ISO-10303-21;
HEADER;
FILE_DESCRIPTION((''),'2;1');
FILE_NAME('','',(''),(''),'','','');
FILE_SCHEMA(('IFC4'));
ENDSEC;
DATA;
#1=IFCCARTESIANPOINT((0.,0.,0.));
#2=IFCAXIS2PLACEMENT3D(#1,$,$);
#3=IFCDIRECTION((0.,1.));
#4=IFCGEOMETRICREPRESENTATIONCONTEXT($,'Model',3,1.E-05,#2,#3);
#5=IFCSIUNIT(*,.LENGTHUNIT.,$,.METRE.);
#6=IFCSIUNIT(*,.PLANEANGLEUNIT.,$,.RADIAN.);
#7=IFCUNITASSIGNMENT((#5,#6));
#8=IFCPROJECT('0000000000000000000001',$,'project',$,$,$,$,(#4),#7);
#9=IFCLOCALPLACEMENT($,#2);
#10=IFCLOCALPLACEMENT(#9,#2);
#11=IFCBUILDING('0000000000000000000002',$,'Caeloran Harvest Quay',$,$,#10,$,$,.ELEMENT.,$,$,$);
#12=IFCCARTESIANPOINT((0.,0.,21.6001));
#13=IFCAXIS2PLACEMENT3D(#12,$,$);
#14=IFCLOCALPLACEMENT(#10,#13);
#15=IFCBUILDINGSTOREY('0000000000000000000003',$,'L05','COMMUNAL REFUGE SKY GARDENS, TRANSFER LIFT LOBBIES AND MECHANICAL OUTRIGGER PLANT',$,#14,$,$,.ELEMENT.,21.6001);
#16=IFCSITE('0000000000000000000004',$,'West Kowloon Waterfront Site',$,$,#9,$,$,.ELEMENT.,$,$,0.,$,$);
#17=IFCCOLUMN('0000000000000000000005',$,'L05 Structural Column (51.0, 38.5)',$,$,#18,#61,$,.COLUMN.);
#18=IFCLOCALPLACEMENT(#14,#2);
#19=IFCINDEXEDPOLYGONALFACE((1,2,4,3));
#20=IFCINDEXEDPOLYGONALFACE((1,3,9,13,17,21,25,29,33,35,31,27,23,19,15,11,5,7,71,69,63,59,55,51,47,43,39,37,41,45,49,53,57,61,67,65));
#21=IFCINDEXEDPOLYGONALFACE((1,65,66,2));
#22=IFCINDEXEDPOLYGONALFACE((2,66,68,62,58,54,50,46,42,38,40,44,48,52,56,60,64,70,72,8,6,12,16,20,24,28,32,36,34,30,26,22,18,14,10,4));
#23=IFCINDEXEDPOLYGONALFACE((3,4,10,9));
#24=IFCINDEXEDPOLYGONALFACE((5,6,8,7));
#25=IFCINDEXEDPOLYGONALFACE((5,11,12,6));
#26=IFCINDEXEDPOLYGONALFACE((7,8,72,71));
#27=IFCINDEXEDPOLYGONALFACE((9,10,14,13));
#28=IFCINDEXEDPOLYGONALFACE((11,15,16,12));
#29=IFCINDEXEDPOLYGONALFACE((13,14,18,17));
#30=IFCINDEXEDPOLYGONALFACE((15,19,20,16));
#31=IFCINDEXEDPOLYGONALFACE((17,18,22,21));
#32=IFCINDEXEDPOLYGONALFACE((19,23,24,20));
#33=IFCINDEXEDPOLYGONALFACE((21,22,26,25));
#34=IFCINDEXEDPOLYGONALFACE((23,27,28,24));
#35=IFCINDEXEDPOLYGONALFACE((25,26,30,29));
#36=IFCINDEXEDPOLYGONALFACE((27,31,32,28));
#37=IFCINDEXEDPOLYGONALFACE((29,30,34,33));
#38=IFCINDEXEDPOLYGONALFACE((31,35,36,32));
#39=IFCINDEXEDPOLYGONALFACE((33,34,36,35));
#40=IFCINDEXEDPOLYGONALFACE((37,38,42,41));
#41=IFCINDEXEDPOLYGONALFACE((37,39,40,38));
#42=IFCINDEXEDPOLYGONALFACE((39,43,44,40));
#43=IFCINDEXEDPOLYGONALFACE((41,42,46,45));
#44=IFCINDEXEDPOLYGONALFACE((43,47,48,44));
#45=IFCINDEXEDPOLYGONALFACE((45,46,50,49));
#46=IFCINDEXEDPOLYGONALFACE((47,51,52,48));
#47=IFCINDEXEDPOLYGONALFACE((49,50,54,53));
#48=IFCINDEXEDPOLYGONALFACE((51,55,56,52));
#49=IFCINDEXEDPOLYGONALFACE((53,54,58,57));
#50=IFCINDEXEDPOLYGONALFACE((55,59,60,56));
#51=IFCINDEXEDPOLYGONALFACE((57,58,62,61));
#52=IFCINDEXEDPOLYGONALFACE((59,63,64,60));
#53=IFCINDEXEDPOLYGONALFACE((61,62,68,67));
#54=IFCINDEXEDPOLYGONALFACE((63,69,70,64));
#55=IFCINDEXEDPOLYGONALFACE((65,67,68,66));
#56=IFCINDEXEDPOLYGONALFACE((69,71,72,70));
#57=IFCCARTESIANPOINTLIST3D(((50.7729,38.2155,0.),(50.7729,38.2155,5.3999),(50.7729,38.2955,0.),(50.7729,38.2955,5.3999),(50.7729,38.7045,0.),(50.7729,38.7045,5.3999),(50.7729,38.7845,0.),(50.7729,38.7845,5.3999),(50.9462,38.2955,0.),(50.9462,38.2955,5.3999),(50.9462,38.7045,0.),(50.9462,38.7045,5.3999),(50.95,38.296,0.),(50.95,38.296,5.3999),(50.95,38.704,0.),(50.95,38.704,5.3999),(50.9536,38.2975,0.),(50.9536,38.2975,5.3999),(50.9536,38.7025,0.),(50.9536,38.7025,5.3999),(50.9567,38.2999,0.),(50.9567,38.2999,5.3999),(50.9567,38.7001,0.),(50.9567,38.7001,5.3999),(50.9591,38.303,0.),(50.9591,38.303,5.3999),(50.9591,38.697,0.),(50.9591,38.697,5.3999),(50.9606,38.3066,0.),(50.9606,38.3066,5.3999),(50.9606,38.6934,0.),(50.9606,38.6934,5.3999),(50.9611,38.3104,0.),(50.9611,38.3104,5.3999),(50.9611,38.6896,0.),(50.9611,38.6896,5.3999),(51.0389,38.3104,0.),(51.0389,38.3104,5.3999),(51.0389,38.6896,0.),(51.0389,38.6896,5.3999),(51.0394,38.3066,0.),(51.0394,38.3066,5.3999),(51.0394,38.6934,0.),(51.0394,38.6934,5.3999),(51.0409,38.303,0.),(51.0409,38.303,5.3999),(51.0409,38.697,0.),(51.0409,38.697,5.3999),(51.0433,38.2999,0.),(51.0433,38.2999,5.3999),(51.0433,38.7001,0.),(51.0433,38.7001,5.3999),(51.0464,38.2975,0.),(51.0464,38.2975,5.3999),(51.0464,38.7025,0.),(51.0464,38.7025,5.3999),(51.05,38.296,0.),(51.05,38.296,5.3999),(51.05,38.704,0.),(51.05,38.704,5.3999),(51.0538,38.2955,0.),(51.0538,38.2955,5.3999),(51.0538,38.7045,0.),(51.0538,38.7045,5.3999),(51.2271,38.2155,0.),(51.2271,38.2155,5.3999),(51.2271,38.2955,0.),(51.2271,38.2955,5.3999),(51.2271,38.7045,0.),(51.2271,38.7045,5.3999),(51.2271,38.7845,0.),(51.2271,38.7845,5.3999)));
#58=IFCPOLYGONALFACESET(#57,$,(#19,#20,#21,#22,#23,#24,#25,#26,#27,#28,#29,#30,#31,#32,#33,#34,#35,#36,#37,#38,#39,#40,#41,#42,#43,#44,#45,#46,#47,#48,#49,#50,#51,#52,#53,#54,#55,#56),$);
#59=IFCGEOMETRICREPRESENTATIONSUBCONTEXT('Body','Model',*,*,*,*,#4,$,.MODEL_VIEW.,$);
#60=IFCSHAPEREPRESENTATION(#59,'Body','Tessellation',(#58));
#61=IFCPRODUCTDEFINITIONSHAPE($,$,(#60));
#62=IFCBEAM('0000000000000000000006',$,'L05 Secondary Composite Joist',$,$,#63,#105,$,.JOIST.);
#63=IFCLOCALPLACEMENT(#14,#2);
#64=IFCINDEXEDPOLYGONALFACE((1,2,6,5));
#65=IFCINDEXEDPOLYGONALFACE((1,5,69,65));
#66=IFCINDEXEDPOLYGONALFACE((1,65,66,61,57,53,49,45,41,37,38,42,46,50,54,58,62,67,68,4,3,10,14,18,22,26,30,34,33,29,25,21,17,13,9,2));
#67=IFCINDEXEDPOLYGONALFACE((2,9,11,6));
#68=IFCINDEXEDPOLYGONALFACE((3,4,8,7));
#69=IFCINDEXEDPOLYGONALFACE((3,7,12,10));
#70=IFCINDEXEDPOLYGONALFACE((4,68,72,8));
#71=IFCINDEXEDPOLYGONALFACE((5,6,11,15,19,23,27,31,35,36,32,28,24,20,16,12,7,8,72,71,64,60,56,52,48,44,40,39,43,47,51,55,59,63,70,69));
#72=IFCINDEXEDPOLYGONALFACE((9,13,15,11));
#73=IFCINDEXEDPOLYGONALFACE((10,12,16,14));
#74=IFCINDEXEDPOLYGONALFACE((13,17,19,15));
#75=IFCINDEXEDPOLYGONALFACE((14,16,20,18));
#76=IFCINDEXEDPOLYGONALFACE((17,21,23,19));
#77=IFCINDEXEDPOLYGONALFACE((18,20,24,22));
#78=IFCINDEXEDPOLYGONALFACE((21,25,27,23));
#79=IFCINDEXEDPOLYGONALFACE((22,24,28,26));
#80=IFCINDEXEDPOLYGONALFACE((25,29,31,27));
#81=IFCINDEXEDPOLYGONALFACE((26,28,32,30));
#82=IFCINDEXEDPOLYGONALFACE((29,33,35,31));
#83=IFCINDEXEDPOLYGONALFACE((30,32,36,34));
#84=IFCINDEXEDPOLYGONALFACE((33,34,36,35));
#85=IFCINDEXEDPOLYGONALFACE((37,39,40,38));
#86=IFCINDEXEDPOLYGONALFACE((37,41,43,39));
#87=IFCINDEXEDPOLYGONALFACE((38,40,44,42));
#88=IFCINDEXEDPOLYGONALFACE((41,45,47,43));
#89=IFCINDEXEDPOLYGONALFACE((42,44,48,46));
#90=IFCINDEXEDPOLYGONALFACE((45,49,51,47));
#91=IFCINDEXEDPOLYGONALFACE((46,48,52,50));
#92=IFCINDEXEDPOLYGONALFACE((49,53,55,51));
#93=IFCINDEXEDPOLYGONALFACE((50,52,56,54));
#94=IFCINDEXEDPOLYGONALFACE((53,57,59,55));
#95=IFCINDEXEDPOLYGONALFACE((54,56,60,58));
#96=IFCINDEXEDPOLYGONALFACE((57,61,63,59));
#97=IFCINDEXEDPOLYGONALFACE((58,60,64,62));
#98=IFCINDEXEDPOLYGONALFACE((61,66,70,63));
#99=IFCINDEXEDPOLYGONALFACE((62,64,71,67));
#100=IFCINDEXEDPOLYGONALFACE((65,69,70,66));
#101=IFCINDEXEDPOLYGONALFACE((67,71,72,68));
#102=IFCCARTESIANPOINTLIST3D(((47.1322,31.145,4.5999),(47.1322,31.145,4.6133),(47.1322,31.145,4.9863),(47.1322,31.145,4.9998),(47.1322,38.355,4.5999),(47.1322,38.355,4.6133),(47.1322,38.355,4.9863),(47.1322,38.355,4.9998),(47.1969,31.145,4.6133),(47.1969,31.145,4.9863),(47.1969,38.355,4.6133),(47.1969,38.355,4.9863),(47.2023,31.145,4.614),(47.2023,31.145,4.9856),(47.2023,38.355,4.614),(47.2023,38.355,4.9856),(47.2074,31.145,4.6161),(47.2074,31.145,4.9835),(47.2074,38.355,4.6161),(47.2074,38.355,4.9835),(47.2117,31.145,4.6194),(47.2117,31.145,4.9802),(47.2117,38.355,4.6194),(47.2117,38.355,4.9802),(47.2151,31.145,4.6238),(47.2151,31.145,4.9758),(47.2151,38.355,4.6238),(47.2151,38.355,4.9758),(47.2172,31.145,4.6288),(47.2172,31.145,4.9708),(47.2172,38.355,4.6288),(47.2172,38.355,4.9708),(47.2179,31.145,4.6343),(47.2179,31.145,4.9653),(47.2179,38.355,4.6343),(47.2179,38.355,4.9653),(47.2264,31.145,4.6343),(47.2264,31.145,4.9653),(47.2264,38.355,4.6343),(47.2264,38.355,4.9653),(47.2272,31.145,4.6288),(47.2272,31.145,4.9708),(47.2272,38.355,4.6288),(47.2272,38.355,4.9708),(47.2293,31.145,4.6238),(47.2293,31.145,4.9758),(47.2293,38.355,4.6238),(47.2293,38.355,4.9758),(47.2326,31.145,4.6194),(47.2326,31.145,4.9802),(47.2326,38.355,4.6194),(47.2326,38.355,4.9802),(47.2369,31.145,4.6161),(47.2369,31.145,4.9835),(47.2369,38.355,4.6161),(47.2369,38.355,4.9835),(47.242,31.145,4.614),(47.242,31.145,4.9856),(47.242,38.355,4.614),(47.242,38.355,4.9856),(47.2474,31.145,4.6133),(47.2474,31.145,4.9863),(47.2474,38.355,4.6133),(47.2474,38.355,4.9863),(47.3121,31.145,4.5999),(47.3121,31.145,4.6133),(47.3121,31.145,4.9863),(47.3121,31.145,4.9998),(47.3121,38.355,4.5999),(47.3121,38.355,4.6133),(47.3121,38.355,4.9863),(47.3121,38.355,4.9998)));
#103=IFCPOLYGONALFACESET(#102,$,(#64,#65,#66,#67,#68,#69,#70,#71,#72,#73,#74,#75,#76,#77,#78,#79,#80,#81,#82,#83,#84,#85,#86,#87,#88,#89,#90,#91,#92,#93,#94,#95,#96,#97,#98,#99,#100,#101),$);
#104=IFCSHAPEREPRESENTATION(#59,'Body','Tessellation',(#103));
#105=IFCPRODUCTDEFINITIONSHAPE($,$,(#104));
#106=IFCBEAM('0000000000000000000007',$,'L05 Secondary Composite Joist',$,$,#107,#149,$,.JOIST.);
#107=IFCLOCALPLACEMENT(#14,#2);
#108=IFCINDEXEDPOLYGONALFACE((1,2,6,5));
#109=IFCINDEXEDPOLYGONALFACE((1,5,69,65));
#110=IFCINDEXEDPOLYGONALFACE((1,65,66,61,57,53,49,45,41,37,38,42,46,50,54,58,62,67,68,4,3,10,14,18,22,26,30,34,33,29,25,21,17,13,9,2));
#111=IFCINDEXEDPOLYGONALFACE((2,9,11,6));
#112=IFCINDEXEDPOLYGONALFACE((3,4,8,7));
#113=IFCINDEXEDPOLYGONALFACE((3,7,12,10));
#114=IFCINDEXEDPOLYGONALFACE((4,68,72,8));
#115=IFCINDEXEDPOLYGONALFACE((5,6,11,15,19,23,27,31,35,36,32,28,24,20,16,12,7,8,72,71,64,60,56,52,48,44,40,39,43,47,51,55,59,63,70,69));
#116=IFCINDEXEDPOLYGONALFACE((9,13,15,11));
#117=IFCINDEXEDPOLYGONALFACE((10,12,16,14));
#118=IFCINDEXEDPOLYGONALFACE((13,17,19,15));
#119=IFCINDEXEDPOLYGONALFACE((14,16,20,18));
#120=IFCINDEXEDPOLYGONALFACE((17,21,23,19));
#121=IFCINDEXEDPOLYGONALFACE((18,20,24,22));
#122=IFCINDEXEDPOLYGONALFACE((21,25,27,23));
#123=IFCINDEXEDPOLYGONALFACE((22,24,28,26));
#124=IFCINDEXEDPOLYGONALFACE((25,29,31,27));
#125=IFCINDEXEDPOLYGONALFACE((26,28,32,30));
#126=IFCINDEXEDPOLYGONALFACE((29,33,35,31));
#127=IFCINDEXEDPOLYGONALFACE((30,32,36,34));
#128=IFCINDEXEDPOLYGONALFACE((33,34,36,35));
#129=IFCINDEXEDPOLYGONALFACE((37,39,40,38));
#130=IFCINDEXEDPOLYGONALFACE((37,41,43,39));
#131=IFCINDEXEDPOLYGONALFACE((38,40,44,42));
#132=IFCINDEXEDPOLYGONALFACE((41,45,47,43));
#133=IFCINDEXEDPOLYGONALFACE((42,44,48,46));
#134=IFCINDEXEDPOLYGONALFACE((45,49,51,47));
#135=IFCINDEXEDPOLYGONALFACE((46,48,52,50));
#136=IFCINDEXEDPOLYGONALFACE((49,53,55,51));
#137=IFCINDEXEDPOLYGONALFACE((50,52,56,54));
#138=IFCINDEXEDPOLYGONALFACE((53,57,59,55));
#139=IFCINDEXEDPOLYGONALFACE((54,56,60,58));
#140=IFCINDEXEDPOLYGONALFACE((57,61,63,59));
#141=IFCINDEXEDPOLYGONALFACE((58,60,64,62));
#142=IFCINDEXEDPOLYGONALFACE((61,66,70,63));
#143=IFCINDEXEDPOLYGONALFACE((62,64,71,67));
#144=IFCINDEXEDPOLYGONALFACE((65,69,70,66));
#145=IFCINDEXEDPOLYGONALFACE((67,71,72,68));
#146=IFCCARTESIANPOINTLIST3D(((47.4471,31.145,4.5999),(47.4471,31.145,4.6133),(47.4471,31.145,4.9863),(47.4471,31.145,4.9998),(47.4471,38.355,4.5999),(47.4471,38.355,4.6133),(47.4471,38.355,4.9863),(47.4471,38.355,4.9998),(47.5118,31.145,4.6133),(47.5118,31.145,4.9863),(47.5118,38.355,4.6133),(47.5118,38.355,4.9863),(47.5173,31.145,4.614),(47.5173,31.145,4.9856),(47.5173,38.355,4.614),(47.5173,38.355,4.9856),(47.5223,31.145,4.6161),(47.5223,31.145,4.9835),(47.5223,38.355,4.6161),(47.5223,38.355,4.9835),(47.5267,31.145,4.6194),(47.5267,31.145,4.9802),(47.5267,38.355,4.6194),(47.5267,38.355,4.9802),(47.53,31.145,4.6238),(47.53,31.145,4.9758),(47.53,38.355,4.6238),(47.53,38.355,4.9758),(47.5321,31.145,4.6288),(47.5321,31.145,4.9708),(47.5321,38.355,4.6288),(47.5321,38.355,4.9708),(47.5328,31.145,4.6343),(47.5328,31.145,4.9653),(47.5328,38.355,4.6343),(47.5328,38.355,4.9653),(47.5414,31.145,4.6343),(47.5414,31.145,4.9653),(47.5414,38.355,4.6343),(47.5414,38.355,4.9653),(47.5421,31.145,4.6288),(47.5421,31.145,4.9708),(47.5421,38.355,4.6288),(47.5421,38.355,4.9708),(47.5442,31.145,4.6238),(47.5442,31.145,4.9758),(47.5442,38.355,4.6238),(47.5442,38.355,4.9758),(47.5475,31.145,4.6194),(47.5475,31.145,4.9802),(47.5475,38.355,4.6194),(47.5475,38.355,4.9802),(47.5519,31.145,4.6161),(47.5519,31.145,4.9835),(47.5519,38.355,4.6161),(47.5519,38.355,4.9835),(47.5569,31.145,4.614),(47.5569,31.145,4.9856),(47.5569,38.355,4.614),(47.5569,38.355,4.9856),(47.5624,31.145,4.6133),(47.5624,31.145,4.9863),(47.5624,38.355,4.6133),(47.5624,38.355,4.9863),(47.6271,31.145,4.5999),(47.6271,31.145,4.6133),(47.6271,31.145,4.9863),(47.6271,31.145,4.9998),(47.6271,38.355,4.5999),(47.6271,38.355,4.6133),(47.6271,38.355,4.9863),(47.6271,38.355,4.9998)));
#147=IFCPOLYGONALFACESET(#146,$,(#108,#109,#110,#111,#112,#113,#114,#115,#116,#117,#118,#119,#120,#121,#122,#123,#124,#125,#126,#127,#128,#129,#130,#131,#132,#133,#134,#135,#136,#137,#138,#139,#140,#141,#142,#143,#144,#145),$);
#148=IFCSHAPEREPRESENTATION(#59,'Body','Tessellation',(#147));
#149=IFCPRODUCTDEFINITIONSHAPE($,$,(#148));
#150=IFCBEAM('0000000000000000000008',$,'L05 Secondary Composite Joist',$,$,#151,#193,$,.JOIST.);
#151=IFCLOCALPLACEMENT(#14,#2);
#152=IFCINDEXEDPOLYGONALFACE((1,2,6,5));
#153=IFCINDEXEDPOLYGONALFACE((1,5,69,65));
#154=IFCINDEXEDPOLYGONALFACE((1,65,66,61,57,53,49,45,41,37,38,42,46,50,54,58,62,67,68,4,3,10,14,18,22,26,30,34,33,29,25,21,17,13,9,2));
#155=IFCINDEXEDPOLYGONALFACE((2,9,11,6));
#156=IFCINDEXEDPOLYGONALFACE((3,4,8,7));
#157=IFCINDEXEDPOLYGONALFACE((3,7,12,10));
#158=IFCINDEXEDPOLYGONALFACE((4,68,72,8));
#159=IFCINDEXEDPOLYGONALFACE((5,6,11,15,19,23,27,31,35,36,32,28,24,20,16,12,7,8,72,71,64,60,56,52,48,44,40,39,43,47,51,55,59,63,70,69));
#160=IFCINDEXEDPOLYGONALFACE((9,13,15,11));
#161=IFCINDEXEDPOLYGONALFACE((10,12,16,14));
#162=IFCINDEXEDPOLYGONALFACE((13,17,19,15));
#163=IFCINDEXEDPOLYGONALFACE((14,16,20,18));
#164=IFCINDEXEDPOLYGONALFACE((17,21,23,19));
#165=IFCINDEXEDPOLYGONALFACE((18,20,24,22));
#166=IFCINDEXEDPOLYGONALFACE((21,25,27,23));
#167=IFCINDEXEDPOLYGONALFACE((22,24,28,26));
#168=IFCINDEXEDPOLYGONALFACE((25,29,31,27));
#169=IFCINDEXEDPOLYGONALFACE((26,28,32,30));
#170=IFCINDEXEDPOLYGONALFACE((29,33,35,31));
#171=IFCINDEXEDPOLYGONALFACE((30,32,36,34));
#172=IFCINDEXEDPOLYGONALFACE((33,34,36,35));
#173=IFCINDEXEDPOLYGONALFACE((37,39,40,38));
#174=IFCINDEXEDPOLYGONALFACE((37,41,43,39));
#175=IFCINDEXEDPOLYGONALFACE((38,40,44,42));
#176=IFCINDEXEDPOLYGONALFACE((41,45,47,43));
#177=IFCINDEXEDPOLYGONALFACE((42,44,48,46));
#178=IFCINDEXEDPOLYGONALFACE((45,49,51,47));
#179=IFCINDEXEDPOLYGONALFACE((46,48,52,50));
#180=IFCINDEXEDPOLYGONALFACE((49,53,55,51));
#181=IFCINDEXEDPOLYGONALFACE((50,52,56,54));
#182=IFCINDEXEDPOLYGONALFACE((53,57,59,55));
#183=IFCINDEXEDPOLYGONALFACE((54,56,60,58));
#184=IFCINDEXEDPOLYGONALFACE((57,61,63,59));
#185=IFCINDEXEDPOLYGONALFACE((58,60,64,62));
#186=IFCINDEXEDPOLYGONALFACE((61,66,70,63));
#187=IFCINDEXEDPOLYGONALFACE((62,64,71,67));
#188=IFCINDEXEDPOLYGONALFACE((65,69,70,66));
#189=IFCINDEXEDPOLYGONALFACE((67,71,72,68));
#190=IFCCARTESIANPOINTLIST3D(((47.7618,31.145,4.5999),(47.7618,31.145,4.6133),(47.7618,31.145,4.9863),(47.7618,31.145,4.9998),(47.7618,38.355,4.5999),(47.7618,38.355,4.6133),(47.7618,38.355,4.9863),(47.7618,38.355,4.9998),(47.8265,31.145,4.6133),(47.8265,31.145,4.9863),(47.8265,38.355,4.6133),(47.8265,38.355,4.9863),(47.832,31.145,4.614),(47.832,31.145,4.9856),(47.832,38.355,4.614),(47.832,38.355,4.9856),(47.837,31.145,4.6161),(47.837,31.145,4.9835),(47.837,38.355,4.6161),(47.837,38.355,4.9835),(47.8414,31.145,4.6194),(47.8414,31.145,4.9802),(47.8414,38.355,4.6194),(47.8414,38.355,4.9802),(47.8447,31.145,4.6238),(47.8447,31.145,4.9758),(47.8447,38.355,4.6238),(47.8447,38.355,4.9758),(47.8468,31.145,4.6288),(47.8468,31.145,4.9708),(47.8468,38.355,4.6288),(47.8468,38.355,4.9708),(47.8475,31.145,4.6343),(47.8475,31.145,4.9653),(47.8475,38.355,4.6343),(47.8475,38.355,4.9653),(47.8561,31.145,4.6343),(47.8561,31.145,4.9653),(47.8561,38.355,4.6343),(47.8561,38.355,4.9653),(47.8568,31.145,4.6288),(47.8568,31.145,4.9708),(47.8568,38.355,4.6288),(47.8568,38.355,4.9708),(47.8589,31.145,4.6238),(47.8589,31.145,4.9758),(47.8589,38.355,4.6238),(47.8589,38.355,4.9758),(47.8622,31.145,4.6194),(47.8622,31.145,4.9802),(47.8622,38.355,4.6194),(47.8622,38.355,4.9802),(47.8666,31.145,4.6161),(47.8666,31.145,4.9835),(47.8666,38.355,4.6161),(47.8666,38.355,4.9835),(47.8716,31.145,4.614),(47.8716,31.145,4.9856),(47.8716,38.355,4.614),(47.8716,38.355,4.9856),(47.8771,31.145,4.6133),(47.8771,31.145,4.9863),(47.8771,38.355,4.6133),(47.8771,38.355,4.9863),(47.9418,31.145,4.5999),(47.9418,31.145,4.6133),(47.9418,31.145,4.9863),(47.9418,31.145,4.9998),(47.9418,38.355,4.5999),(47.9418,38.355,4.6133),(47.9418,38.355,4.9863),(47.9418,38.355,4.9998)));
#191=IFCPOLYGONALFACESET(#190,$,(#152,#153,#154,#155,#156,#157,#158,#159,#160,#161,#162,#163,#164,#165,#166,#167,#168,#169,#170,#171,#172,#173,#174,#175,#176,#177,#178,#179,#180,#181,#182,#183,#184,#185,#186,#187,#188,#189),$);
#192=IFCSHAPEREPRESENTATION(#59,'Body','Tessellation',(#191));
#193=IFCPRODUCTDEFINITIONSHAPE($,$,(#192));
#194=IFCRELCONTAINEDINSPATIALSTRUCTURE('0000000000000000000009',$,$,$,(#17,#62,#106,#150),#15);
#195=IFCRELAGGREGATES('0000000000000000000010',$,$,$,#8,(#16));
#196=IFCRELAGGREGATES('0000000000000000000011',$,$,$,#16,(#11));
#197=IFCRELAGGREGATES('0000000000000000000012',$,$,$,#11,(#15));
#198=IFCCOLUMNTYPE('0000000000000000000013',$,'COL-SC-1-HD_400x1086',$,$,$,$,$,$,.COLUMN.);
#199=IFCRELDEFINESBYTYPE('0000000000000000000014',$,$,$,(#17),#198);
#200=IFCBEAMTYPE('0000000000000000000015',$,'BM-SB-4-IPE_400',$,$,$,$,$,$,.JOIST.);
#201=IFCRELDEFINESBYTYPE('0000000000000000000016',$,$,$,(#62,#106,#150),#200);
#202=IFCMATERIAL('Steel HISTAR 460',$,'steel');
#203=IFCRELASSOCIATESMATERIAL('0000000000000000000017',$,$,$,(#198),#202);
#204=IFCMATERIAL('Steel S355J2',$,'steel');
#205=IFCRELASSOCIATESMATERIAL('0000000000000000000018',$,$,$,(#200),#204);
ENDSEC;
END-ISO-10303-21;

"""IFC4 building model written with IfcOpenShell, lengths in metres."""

from ifc_helpers import new_model, si_unit, direction, frame, origin, origin_2d, place, context, subcontext, project, spatial, i_section, extrude, material, material_profile, profile_set, type_object, element, save


model = new_model("IFC4")

# Units and contexts
model_context = context("Model", 3, precision=1e-05, world=origin(), true_north=direction((0.0, 1.0)))
body_context = subcontext(model_context, "Body", "Model", "MODEL_VIEW")
ifc_project = project(units=[si_unit("LENGTHUNIT", "METRE"), si_unit("PLANEANGLEUNIT", "RADIAN")], contexts=[model_context])

# Site, building, storey
site_placement = place(None, origin())
site = spatial("IfcSite", under=ifc_project, at=site_placement, Name="West Kowloon Waterfront Site", CompositionType="ELEMENT", RefElevation=0.0)
building_placement = place(site_placement, origin())
building = spatial("IfcBuilding", under=site, at=building_placement, Name="Caeloran Harvest Quay", CompositionType="ELEMENT")
storey_placement = place(building_placement, frame((0.0, 0.0, 21.6001)))
storey = spatial("IfcBuildingStorey", under=building, at=storey_placement, Name="L05", Description="COMMUNAL REFUGE SKY GARDENS, TRANSFER LIFT LOBBIES AND MECHANICAL OUTRIGGER PLANT", CompositionType="ELEMENT", Elevation=21.6001)

# Column
ifc_material_1 = material(Name="Steel HISTAR 460", Category="steel")
ifc_material_profile_1 = material_profile(ifc_material_1, i_section(OverallWidth=0.4541, OverallDepth=0.5691, WebThickness=0.0779, FlangeThickness=0.0801, FilletRadius=0.0149, at=origin_2d()), Name="HD 400x1086")
ifc_profile_set_1 = profile_set([ifc_material_profile_1], Name="Steel HISTAR 460")
column_type = type_object("IfcColumnType", Name="COL-SC-1-HD_400x1086", PredefinedType="COLUMN", material=ifc_profile_set_1)
column_placement = place(storey_placement, frame((51.0, 38.5, 0.0), z_axis=(0.0, 0.0, 1.0), x_axis=(1.0, 0.0, 0.0)))
element("IfcColumn", 1, at=column_placement, inside=storey, type_object=column_type, Name="L05 Structural Column (51.0, 38.5)", PredefinedType="COLUMN", context=body_context, shape_type="SweptSolid", body=[
    extrude(i_section(OverallWidth=0.4541, OverallDepth=0.5691, WebThickness=0.0779, FlangeThickness=0.0801, FilletRadius=0.0149, at=origin_2d()), origin(), (0.0, 0.0, 1.0), 5.3999),
])

# Beams
ifc_material_2 = material(Name="Steel S355J2", Category="steel")
ifc_material_profile_2 = material_profile(ifc_material_2, i_section(OverallWidth=0.1799, OverallDepth=0.3999, WebThickness=0.0085, FlangeThickness=0.0134, FilletRadius=0.021, at=origin_2d()), Name="IPE 400")
ifc_profile_set_2 = profile_set([ifc_material_profile_2], Name="Steel S355J2")
beam_type_1 = type_object("IfcBeamType", Name="BM-SB-4-IPE_400", PredefinedType="JOIST", material=ifc_profile_set_2)
for number, where, z_axis, x_axis, name in (
    (2, (47.2222, 31.145, 4.7998), (0.0, 1.0, 0.0), (-1.0, 0.0, 0.0), "L05 Secondary Composite Joist"),
    (3, (47.5371, 31.145, 4.7998), (0.0, 1.0, 0.0), (-1.0, 0.0, 0.0), "L05 Secondary Composite Joist"),
    (4, (47.8518, 31.145, 4.7998), (0.0, 1.0, 0.0), (-1.0, 0.0, 0.0), "L05 Secondary Composite Joist"),
):
    element("IfcBeam", number, at=place(storey_placement, frame(where, z_axis=z_axis, x_axis=x_axis)), inside=storey, type_object=beam_type_1, Name=name, PredefinedType="JOIST", context=body_context, shape_type="SweptSolid", body=[
        extrude(i_section(OverallWidth=0.1799, OverallDepth=0.3999, WebThickness=0.0085, FlangeThickness=0.0134, FilletRadius=0.021, at=origin_2d()), origin(), (0.0, 0.0, 1.0), 7.21),
    ])

save(model, "model.ifc")
